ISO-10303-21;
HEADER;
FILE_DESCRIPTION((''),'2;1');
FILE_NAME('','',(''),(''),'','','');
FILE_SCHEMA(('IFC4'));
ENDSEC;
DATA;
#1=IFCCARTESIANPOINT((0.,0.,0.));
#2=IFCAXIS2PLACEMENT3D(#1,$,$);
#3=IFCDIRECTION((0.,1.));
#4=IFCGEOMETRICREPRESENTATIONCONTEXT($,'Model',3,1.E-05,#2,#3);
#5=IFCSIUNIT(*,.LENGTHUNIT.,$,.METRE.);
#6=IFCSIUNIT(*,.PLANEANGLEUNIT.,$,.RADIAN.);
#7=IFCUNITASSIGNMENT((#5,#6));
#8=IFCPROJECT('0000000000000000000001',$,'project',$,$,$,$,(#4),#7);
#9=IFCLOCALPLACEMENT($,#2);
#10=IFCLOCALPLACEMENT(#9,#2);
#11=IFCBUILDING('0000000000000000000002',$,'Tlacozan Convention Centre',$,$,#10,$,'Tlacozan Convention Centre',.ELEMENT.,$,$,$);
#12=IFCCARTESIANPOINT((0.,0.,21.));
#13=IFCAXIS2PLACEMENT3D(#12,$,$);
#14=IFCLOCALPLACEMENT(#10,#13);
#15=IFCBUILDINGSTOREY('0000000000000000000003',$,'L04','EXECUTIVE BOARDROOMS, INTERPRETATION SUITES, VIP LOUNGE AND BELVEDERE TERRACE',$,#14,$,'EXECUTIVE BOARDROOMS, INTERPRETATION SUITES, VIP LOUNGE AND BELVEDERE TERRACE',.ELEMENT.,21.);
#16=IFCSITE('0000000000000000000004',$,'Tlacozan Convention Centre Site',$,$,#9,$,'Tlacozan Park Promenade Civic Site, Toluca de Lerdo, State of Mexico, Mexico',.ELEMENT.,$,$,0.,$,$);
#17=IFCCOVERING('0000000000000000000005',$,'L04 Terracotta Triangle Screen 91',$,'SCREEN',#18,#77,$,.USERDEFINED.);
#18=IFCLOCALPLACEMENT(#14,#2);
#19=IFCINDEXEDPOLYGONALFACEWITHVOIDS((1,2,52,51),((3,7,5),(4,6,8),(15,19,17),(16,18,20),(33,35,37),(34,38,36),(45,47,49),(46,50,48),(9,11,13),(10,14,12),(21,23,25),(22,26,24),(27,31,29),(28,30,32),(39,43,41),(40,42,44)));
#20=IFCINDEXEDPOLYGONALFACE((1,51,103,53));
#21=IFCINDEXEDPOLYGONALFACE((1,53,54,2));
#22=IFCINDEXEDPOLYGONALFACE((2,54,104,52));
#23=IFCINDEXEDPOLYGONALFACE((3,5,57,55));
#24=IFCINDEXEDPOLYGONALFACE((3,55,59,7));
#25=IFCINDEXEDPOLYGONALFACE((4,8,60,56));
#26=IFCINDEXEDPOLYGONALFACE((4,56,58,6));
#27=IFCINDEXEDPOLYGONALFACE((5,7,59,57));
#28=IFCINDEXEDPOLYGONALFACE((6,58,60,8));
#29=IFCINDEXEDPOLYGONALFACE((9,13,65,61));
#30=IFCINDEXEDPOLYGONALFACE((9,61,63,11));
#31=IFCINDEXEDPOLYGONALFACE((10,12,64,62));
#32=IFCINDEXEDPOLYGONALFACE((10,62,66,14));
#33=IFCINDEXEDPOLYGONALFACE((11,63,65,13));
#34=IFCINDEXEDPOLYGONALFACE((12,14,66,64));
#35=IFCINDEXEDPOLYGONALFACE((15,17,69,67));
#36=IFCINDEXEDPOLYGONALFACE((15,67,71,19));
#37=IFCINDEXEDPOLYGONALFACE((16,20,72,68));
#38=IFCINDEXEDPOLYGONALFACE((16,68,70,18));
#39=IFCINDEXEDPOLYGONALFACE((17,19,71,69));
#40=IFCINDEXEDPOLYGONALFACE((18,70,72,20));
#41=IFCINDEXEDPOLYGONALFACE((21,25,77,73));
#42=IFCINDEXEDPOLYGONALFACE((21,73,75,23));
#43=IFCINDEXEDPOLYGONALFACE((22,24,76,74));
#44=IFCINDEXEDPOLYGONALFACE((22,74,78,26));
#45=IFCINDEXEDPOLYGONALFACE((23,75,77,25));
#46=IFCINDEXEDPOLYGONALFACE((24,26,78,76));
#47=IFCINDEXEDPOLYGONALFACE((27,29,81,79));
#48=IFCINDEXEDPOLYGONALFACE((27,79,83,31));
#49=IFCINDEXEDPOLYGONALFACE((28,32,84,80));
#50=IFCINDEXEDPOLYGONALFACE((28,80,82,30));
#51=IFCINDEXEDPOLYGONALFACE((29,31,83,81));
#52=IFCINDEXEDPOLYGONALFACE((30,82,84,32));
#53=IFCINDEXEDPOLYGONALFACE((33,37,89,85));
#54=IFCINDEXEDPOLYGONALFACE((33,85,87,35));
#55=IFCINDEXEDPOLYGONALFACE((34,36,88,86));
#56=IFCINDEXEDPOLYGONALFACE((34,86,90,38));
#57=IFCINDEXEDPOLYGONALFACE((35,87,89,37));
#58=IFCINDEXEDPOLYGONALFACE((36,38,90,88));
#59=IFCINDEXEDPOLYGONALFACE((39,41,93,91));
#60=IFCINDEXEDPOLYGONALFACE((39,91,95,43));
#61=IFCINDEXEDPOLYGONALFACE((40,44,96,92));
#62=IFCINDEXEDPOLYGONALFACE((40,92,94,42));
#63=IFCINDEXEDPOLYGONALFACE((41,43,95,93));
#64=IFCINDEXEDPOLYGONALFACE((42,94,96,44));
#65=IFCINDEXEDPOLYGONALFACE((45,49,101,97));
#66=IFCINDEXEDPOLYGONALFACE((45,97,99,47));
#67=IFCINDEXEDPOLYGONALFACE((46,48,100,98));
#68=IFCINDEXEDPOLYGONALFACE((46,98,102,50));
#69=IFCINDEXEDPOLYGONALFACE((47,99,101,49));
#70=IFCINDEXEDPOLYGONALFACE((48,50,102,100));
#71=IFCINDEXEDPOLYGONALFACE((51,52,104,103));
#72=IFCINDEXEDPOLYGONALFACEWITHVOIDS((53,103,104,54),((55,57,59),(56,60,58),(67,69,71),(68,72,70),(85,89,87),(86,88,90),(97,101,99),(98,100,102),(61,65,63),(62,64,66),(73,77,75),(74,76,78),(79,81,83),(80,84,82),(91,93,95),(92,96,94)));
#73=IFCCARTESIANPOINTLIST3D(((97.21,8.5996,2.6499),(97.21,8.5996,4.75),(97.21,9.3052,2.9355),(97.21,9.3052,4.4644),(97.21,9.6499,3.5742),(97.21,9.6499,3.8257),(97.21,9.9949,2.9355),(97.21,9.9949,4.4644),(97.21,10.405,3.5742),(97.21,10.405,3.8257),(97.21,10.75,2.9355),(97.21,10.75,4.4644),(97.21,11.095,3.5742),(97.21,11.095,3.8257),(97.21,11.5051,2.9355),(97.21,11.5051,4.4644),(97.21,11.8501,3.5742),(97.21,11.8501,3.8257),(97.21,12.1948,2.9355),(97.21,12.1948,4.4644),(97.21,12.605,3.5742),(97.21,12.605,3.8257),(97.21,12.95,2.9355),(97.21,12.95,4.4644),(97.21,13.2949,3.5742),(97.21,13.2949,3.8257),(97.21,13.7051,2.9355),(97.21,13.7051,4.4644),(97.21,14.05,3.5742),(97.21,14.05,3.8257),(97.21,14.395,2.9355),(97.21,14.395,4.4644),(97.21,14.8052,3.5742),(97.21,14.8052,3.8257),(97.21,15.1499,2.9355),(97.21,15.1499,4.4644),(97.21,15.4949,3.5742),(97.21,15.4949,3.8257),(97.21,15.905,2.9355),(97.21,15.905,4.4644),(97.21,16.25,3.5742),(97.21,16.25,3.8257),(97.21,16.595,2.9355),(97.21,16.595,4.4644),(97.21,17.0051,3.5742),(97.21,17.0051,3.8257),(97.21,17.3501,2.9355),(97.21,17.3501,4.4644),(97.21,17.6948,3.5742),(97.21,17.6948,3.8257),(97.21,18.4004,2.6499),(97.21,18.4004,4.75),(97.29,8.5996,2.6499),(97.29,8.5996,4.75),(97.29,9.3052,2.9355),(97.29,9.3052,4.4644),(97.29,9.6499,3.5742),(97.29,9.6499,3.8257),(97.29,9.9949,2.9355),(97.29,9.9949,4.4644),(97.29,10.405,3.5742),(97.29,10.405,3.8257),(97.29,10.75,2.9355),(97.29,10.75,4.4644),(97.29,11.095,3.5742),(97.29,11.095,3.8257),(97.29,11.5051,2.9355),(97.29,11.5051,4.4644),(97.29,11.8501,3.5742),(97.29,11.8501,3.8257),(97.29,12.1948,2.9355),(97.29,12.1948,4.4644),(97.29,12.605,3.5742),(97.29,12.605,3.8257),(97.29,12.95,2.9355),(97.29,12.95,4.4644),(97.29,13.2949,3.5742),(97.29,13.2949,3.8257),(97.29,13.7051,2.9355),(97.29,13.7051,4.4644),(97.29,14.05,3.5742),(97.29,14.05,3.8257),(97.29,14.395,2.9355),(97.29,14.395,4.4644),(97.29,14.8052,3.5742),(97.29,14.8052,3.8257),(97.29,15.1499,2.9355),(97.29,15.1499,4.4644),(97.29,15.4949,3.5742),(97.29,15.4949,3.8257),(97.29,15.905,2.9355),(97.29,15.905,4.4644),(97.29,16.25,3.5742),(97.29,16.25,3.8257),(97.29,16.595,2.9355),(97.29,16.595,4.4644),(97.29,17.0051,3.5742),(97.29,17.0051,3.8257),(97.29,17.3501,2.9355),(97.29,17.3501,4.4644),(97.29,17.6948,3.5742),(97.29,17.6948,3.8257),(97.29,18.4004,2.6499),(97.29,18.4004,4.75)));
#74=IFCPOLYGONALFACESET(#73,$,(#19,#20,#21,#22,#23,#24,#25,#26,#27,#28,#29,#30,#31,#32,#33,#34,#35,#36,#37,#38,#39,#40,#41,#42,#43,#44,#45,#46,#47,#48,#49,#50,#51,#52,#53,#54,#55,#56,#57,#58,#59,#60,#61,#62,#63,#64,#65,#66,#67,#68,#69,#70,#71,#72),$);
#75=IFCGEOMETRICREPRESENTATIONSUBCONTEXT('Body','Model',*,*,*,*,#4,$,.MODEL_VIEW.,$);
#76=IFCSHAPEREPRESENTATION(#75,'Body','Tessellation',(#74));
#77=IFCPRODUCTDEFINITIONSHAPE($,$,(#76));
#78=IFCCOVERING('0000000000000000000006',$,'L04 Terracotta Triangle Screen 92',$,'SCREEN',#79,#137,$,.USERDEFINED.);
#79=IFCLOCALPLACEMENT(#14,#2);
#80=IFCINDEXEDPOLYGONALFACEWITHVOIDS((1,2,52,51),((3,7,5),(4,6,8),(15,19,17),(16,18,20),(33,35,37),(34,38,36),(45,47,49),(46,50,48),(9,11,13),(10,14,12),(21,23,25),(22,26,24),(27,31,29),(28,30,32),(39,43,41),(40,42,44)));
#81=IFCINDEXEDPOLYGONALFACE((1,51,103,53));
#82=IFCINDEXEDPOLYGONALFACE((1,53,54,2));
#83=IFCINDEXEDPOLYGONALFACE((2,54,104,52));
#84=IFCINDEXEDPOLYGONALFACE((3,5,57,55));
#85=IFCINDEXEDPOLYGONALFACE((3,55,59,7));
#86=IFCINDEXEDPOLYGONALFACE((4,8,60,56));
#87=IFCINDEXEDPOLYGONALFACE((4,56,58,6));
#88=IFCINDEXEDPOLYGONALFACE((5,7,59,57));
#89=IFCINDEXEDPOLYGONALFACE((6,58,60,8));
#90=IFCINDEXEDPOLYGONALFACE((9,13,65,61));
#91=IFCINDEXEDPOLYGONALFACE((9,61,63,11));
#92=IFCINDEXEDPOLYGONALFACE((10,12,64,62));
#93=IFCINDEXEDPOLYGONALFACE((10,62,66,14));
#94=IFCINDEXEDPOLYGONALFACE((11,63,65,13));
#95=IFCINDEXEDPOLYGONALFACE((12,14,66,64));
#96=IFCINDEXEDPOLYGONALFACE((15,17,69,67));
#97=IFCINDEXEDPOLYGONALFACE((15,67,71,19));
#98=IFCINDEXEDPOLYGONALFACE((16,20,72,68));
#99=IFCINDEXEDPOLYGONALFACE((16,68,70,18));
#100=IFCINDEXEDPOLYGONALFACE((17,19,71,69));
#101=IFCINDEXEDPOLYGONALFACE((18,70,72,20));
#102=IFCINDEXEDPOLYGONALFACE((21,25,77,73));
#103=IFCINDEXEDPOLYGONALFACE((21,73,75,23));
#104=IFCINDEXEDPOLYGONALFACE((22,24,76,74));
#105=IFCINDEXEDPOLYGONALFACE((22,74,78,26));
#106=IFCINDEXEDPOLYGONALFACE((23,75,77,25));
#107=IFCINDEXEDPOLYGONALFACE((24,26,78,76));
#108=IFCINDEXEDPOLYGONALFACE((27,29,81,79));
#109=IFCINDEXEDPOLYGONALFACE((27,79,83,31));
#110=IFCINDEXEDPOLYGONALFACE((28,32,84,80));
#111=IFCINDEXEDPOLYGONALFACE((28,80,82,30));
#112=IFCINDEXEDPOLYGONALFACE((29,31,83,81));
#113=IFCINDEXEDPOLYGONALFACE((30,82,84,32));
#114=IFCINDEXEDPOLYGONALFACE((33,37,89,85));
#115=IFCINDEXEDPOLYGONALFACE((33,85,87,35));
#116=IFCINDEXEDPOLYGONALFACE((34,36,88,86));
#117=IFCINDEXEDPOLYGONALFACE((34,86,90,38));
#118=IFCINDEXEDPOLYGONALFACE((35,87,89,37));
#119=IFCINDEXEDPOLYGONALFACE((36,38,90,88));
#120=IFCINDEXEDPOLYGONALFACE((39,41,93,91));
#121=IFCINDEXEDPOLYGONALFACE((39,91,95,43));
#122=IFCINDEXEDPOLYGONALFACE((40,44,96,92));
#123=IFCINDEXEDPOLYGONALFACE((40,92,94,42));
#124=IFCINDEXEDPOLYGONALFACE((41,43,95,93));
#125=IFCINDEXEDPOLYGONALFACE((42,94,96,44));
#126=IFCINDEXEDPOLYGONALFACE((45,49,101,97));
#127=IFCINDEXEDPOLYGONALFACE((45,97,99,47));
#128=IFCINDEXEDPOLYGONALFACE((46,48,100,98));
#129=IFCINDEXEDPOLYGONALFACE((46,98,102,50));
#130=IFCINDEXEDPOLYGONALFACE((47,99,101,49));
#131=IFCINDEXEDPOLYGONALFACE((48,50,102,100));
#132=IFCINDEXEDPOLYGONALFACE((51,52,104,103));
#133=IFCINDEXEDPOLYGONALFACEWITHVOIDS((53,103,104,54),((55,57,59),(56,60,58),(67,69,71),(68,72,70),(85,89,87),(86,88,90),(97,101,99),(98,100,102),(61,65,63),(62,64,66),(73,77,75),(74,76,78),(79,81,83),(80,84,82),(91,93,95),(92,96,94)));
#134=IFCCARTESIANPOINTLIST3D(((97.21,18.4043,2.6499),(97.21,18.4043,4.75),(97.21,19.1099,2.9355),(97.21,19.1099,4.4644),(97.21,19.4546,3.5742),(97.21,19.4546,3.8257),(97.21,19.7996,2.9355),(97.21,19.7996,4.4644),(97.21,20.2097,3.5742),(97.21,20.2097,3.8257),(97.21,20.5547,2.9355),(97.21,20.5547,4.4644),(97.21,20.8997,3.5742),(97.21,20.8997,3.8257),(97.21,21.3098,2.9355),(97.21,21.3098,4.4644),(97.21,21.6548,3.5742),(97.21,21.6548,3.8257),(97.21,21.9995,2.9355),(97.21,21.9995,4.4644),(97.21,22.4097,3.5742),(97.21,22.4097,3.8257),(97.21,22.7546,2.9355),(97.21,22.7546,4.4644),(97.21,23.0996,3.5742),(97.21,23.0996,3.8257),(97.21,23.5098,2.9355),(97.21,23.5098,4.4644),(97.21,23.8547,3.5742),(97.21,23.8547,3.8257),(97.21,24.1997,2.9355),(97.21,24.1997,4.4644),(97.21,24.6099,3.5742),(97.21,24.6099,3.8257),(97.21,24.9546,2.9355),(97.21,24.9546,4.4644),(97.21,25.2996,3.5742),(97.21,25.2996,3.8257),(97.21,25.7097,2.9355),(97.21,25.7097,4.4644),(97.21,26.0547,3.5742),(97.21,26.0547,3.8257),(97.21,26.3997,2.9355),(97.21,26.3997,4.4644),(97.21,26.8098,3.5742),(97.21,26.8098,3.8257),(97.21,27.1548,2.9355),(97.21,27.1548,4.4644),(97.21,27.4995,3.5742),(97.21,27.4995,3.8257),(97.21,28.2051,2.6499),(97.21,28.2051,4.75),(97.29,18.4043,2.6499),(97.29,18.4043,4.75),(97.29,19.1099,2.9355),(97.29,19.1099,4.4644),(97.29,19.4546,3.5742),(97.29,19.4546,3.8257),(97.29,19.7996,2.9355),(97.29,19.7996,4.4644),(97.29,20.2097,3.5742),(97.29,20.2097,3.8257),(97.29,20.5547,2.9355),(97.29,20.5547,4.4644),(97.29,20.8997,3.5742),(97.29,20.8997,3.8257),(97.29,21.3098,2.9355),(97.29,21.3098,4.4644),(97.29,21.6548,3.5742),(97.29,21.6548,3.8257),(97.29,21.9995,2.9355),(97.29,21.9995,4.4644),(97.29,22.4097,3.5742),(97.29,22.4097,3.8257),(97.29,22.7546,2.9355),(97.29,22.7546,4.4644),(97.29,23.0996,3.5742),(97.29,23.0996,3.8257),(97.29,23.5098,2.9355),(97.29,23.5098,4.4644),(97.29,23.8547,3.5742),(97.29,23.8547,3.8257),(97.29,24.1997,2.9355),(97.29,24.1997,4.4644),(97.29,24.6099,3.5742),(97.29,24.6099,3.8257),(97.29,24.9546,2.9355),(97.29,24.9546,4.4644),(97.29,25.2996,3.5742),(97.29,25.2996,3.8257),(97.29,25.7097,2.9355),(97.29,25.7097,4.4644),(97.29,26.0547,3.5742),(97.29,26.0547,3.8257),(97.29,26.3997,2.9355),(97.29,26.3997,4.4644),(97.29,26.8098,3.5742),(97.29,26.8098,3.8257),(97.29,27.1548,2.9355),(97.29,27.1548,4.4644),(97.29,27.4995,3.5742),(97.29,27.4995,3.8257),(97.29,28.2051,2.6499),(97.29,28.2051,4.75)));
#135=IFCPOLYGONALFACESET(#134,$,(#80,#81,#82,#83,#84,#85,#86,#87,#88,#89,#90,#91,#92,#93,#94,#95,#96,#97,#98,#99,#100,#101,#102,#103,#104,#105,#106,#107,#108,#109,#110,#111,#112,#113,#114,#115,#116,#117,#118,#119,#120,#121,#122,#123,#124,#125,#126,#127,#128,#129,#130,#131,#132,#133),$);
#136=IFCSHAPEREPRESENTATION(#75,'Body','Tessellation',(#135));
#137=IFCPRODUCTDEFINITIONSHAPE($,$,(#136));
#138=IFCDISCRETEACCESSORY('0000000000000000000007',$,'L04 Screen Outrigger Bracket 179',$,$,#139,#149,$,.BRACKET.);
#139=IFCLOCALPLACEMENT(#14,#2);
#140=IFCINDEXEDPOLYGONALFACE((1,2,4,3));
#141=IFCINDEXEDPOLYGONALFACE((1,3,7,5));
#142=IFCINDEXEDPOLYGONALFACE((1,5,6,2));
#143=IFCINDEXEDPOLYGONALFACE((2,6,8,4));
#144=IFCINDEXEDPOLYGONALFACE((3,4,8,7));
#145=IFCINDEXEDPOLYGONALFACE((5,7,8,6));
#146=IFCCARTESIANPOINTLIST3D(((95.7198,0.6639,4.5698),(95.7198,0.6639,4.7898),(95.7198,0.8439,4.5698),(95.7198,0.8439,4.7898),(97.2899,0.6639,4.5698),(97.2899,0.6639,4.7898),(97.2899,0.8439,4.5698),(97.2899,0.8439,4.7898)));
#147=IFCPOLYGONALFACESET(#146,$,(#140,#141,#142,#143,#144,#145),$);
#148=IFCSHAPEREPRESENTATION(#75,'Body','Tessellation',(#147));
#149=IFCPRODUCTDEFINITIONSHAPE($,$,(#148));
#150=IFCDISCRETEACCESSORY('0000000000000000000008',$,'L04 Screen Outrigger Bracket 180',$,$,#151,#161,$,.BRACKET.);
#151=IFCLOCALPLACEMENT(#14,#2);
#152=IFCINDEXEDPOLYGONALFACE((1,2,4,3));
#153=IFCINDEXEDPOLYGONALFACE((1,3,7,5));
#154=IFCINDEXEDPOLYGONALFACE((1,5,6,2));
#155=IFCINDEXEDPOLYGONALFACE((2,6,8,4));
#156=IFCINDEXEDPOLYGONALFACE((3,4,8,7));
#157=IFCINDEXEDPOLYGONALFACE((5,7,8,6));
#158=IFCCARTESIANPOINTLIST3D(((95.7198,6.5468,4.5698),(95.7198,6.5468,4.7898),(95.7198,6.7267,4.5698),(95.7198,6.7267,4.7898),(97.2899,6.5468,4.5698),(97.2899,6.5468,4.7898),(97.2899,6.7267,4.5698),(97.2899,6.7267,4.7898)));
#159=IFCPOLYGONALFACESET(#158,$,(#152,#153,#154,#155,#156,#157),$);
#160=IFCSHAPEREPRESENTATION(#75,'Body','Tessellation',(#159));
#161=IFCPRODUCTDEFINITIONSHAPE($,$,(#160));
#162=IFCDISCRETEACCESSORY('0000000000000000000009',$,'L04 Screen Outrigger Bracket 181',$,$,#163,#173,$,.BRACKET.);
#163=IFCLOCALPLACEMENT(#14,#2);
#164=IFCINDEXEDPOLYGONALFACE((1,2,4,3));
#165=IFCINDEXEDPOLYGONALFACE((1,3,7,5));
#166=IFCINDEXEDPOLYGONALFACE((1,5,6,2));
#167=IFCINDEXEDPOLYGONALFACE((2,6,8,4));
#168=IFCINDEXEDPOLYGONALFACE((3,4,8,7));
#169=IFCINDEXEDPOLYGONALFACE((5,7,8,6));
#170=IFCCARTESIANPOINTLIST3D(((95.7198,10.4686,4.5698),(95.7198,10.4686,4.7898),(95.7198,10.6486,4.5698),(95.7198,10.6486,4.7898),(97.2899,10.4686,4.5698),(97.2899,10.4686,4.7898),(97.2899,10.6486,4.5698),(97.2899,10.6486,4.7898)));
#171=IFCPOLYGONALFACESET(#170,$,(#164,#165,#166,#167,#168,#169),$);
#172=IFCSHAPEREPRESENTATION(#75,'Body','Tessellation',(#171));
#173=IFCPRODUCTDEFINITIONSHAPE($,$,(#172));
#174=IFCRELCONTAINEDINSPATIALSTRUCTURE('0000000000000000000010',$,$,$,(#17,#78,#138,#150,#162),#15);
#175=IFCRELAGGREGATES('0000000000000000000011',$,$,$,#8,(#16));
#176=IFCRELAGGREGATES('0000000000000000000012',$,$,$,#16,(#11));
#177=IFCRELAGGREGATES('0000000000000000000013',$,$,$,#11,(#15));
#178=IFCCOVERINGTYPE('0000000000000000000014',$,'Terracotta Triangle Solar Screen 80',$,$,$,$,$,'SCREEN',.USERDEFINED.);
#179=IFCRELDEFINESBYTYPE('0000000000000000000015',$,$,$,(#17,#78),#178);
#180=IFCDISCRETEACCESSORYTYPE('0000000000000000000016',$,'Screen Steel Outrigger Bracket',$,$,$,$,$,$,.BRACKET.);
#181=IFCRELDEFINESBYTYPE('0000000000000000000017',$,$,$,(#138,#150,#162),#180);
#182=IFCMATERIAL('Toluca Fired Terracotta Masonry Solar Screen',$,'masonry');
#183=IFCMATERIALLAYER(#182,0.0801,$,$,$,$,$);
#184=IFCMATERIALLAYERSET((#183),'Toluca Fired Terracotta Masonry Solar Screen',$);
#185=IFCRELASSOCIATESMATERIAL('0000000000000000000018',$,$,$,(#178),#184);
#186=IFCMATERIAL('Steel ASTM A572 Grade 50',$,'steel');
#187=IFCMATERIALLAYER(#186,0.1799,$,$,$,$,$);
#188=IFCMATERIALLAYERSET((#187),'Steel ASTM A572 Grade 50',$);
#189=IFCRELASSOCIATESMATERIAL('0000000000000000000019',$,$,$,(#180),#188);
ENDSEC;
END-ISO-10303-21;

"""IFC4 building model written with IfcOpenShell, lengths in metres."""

from ifc_helpers import new_model, si_unit, direction, frame, origin, origin_2d, place, context, subcontext, project, spatial, polyline, rectangle, outline, extrude, material, layer, layer_set, type_object, element, save


model = new_model("IFC4")

# Units and contexts
model_context = context("Model", 3, precision=1e-05, world=origin(), true_north=direction((0.0, 1.0)))
body_context = subcontext(model_context, "Body", "Model", "MODEL_VIEW")
ifc_project = project(units=[si_unit("LENGTHUNIT", "METRE"), si_unit("PLANEANGLEUNIT", "RADIAN")], contexts=[model_context])

# Site, building, storey
site_placement = place(None, origin())
site = spatial("IfcSite", under=ifc_project, at=site_placement, Name="Tlacozan Convention Centre Site", LongName="Tlacozan Park Promenade Civic Site, Toluca de Lerdo, State of Mexico, Mexico", CompositionType="ELEMENT", RefElevation=0.0)
building_placement = place(site_placement, origin())
building = spatial("IfcBuilding", under=site, at=building_placement, Name="Tlacozan Convention Centre", LongName="Tlacozan Convention Centre", CompositionType="ELEMENT")
storey_placement = place(building_placement, frame((0.0, 0.0, 21.0)))
storey = spatial("IfcBuildingStorey", under=building, at=storey_placement, Name="L04", Description="EXECUTIVE BOARDROOMS, INTERPRETATION SUITES, VIP LOUNGE AND BELVEDERE TERRACE", LongName="EXECUTIVE BOARDROOMS, INTERPRETATION SUITES, VIP LOUNGE AND BELVEDERE TERRACE", CompositionType="ELEMENT", Elevation=21.0)

# Coverings
ifc_material_1 = material(Name="Toluca Fired Terracotta Masonry Solar Screen", Category="masonry")
ifc_layer_1 = layer(ifc_material_1, 0.0801)
ifc_layer_set_1 = layer_set([ifc_layer_1], Name="Toluca Fired Terracotta Masonry Solar Screen")
covering_type = type_object("IfcCoveringType", Name="Terracotta Triangle Solar Screen 80", ElementType="SCREEN", PredefinedType="USERDEFINED", material=ifc_layer_set_1)
covering_1_placement = place(storey_placement, frame((97.25, 8.5996, 2.6499), z_axis=(0.0, 0.0, 1.0), x_axis=(0.0, 1.0, 0.0)))
element("IfcCovering", 1, at=covering_1_placement, inside=storey, type_object=covering_type, Name="L04 Terracotta Triangle Screen 91", ObjectType="SCREEN", PredefinedType="USERDEFINED", context=body_context, shape_type="SweptSolid", body=[
    extrude(outline(polyline([(0.0, 0.0), (9.8008, 0.0), (9.8008, 2.1001), (0.0, 2.1001), (0.0, 0.0)]), holes=[polyline([(0.7056, 0.2856), (1.3953, 0.2856), (1.0503, 0.9243), (0.7056, 0.2856)]), polyline([(1.8054, 0.9243), (2.4954, 0.9243), (2.1504, 0.2856), (1.8054, 0.9243)]), polyline([(2.9055, 0.2856), (3.5952, 0.2856), (3.2505, 0.9243), (2.9055, 0.2856)]), polyline([(4.0054, 0.9243), (4.6953, 0.9243), (4.3503, 0.2856), (4.0054, 0.9243)]), polyline([(5.1055, 0.2856), (5.7954, 0.2856), (5.4504, 0.9243), (5.1055, 0.2856)]), polyline([(6.2056, 0.9243), (6.8953, 0.9243), (6.5503, 0.2856), (6.2056, 0.9243)]), polyline([(7.3054, 0.2856), (7.9954, 0.2856), (7.6504, 0.9243), (7.3054, 0.2856)]), polyline([(8.4055, 0.9243), (9.0952, 0.9243), (8.7505, 0.2856), (8.4055, 0.9243)]), polyline([(0.7056, 1.8145), (1.3953, 1.8145), (1.0503, 1.1758), (0.7056, 1.8145)]), polyline([(1.8054, 1.1758), (2.4954, 1.1758), (2.1504, 1.8145), (1.8054, 1.1758)]), polyline([(2.9055, 1.8145), (3.5952, 1.8145), (3.2505, 1.1758), (2.9055, 1.8145)]), polyline([(4.0054, 1.1758), (4.6953, 1.1758), (4.3503, 1.8145), (4.0054, 1.1758)]), polyline([(5.1055, 1.8145), (5.7954, 1.8145), (5.4504, 1.1758), (5.1055, 1.8145)]), polyline([(6.2056, 1.1758), (6.8953, 1.1758), (6.5503, 1.8145), (6.2056, 1.1758)]), polyline([(7.3054, 1.8145), (7.9954, 1.8145), (7.6504, 1.1758), (7.3054, 1.8145)]), polyline([(8.4055, 1.1758), (9.0952, 1.1758), (8.7505, 1.8145), (8.4055, 1.1758)])]), frame((0.0, 0.04, 0.0), z_axis=(0.0, -1.0, 0.0), x_axis=(1.0, 0.0, 0.0)), (0.0, 0.0, 1.0), 0.0801),
])
covering_2_placement = place(storey_placement, frame((97.25, 18.4043, 2.6499), z_axis=(0.0, 0.0, 1.0), x_axis=(0.0, 1.0, 0.0)))
element("IfcCovering", 2, at=covering_2_placement, inside=storey, type_object=covering_type, Name="L04 Terracotta Triangle Screen 92", ObjectType="SCREEN", PredefinedType="USERDEFINED", context=body_context, shape_type="SweptSolid", body=[
    extrude(outline(polyline([(0.0, 0.0), (9.8008, 0.0), (9.8008, 2.1001), (0.0, 2.1001), (0.0, 0.0)]), holes=[polyline([(0.7056, 0.2856), (1.3953, 0.2856), (1.0503, 0.9243), (0.7056, 0.2856)]), polyline([(1.8054, 0.9243), (2.4954, 0.9243), (2.1504, 0.2856), (1.8054, 0.9243)]), polyline([(2.9055, 0.2856), (3.5952, 0.2856), (3.2505, 0.9243), (2.9055, 0.2856)]), polyline([(4.0054, 0.9243), (4.6953, 0.9243), (4.3503, 0.2856), (4.0054, 0.9243)]), polyline([(5.1055, 0.2856), (5.7954, 0.2856), (5.4504, 0.9243), (5.1055, 0.2856)]), polyline([(6.2056, 0.9243), (6.8953, 0.9243), (6.5503, 0.2856), (6.2056, 0.9243)]), polyline([(7.3054, 0.2856), (7.9954, 0.2856), (7.6504, 0.9243), (7.3054, 0.2856)]), polyline([(8.4055, 0.9243), (9.0952, 0.9243), (8.7505, 0.2856), (8.4055, 0.9243)]), polyline([(0.7056, 1.8145), (1.3953, 1.8145), (1.0503, 1.1758), (0.7056, 1.8145)]), polyline([(1.8054, 1.1758), (2.4954, 1.1758), (2.1504, 1.8145), (1.8054, 1.1758)]), polyline([(2.9055, 1.8145), (3.5952, 1.8145), (3.2505, 1.1758), (2.9055, 1.8145)]), polyline([(4.0054, 1.1758), (4.6953, 1.1758), (4.3503, 1.8145), (4.0054, 1.1758)]), polyline([(5.1055, 1.8145), (5.7954, 1.8145), (5.4504, 1.1758), (5.1055, 1.8145)]), polyline([(6.2056, 1.1758), (6.8953, 1.1758), (6.5503, 1.8145), (6.2056, 1.1758)]), polyline([(7.3054, 1.8145), (7.9954, 1.8145), (7.6504, 1.1758), (7.3054, 1.8145)]), polyline([(8.4055, 1.1758), (9.0952, 1.1758), (8.7505, 1.8145), (8.4055, 1.1758)])]), frame((0.0, 0.04, 0.0), z_axis=(0.0, -1.0, 0.0), x_axis=(1.0, 0.0, 0.0)), (0.0, 0.0, 1.0), 0.0801),
])

# Discrete accessories
ifc_material_2 = material(Name="Steel ASTM A572 Grade 50", Category="steel")
ifc_layer_2 = layer(ifc_material_2, 0.1799)
ifc_layer_set_2 = layer_set([ifc_layer_2], Name="Steel ASTM A572 Grade 50")
discrete_accessory_type = type_object("IfcDiscreteAccessoryType", Name="Screen Steel Outrigger Bracket", PredefinedType="BRACKET", material=ifc_layer_set_2)
for number, where, z_axis, x_axis, name in (
    (3, (96.5049, 0.7539, 4.5698), (0.0, 0.0, 1.0), (-1.0, 0.0, 0.0), "L04 Screen Outrigger Bracket 179"),
    (4, (96.5049, 6.6367, 4.5698), (0.0, 0.0, 1.0), (-1.0, 0.0, 0.0), "L04 Screen Outrigger Bracket 180"),
    (5, (96.5049, 10.5586, 4.5698), (0.0, 0.0, 1.0), (-1.0, 0.0, 0.0), "L04 Screen Outrigger Bracket 181"),
):
    element("IfcDiscreteAccessory", number, at=place(storey_placement, frame(where, z_axis=z_axis, x_axis=x_axis)), inside=storey, type_object=discrete_accessory_type, Name=name, PredefinedType="BRACKET", context=body_context, shape_type="SweptSolid", body=[
        extrude(rectangle(XDim=1.5701, YDim=0.1799, at=origin_2d()), origin(), (0.0, 0.0, 1.0), 0.22),
    ])

save(model, "model.ifc")
